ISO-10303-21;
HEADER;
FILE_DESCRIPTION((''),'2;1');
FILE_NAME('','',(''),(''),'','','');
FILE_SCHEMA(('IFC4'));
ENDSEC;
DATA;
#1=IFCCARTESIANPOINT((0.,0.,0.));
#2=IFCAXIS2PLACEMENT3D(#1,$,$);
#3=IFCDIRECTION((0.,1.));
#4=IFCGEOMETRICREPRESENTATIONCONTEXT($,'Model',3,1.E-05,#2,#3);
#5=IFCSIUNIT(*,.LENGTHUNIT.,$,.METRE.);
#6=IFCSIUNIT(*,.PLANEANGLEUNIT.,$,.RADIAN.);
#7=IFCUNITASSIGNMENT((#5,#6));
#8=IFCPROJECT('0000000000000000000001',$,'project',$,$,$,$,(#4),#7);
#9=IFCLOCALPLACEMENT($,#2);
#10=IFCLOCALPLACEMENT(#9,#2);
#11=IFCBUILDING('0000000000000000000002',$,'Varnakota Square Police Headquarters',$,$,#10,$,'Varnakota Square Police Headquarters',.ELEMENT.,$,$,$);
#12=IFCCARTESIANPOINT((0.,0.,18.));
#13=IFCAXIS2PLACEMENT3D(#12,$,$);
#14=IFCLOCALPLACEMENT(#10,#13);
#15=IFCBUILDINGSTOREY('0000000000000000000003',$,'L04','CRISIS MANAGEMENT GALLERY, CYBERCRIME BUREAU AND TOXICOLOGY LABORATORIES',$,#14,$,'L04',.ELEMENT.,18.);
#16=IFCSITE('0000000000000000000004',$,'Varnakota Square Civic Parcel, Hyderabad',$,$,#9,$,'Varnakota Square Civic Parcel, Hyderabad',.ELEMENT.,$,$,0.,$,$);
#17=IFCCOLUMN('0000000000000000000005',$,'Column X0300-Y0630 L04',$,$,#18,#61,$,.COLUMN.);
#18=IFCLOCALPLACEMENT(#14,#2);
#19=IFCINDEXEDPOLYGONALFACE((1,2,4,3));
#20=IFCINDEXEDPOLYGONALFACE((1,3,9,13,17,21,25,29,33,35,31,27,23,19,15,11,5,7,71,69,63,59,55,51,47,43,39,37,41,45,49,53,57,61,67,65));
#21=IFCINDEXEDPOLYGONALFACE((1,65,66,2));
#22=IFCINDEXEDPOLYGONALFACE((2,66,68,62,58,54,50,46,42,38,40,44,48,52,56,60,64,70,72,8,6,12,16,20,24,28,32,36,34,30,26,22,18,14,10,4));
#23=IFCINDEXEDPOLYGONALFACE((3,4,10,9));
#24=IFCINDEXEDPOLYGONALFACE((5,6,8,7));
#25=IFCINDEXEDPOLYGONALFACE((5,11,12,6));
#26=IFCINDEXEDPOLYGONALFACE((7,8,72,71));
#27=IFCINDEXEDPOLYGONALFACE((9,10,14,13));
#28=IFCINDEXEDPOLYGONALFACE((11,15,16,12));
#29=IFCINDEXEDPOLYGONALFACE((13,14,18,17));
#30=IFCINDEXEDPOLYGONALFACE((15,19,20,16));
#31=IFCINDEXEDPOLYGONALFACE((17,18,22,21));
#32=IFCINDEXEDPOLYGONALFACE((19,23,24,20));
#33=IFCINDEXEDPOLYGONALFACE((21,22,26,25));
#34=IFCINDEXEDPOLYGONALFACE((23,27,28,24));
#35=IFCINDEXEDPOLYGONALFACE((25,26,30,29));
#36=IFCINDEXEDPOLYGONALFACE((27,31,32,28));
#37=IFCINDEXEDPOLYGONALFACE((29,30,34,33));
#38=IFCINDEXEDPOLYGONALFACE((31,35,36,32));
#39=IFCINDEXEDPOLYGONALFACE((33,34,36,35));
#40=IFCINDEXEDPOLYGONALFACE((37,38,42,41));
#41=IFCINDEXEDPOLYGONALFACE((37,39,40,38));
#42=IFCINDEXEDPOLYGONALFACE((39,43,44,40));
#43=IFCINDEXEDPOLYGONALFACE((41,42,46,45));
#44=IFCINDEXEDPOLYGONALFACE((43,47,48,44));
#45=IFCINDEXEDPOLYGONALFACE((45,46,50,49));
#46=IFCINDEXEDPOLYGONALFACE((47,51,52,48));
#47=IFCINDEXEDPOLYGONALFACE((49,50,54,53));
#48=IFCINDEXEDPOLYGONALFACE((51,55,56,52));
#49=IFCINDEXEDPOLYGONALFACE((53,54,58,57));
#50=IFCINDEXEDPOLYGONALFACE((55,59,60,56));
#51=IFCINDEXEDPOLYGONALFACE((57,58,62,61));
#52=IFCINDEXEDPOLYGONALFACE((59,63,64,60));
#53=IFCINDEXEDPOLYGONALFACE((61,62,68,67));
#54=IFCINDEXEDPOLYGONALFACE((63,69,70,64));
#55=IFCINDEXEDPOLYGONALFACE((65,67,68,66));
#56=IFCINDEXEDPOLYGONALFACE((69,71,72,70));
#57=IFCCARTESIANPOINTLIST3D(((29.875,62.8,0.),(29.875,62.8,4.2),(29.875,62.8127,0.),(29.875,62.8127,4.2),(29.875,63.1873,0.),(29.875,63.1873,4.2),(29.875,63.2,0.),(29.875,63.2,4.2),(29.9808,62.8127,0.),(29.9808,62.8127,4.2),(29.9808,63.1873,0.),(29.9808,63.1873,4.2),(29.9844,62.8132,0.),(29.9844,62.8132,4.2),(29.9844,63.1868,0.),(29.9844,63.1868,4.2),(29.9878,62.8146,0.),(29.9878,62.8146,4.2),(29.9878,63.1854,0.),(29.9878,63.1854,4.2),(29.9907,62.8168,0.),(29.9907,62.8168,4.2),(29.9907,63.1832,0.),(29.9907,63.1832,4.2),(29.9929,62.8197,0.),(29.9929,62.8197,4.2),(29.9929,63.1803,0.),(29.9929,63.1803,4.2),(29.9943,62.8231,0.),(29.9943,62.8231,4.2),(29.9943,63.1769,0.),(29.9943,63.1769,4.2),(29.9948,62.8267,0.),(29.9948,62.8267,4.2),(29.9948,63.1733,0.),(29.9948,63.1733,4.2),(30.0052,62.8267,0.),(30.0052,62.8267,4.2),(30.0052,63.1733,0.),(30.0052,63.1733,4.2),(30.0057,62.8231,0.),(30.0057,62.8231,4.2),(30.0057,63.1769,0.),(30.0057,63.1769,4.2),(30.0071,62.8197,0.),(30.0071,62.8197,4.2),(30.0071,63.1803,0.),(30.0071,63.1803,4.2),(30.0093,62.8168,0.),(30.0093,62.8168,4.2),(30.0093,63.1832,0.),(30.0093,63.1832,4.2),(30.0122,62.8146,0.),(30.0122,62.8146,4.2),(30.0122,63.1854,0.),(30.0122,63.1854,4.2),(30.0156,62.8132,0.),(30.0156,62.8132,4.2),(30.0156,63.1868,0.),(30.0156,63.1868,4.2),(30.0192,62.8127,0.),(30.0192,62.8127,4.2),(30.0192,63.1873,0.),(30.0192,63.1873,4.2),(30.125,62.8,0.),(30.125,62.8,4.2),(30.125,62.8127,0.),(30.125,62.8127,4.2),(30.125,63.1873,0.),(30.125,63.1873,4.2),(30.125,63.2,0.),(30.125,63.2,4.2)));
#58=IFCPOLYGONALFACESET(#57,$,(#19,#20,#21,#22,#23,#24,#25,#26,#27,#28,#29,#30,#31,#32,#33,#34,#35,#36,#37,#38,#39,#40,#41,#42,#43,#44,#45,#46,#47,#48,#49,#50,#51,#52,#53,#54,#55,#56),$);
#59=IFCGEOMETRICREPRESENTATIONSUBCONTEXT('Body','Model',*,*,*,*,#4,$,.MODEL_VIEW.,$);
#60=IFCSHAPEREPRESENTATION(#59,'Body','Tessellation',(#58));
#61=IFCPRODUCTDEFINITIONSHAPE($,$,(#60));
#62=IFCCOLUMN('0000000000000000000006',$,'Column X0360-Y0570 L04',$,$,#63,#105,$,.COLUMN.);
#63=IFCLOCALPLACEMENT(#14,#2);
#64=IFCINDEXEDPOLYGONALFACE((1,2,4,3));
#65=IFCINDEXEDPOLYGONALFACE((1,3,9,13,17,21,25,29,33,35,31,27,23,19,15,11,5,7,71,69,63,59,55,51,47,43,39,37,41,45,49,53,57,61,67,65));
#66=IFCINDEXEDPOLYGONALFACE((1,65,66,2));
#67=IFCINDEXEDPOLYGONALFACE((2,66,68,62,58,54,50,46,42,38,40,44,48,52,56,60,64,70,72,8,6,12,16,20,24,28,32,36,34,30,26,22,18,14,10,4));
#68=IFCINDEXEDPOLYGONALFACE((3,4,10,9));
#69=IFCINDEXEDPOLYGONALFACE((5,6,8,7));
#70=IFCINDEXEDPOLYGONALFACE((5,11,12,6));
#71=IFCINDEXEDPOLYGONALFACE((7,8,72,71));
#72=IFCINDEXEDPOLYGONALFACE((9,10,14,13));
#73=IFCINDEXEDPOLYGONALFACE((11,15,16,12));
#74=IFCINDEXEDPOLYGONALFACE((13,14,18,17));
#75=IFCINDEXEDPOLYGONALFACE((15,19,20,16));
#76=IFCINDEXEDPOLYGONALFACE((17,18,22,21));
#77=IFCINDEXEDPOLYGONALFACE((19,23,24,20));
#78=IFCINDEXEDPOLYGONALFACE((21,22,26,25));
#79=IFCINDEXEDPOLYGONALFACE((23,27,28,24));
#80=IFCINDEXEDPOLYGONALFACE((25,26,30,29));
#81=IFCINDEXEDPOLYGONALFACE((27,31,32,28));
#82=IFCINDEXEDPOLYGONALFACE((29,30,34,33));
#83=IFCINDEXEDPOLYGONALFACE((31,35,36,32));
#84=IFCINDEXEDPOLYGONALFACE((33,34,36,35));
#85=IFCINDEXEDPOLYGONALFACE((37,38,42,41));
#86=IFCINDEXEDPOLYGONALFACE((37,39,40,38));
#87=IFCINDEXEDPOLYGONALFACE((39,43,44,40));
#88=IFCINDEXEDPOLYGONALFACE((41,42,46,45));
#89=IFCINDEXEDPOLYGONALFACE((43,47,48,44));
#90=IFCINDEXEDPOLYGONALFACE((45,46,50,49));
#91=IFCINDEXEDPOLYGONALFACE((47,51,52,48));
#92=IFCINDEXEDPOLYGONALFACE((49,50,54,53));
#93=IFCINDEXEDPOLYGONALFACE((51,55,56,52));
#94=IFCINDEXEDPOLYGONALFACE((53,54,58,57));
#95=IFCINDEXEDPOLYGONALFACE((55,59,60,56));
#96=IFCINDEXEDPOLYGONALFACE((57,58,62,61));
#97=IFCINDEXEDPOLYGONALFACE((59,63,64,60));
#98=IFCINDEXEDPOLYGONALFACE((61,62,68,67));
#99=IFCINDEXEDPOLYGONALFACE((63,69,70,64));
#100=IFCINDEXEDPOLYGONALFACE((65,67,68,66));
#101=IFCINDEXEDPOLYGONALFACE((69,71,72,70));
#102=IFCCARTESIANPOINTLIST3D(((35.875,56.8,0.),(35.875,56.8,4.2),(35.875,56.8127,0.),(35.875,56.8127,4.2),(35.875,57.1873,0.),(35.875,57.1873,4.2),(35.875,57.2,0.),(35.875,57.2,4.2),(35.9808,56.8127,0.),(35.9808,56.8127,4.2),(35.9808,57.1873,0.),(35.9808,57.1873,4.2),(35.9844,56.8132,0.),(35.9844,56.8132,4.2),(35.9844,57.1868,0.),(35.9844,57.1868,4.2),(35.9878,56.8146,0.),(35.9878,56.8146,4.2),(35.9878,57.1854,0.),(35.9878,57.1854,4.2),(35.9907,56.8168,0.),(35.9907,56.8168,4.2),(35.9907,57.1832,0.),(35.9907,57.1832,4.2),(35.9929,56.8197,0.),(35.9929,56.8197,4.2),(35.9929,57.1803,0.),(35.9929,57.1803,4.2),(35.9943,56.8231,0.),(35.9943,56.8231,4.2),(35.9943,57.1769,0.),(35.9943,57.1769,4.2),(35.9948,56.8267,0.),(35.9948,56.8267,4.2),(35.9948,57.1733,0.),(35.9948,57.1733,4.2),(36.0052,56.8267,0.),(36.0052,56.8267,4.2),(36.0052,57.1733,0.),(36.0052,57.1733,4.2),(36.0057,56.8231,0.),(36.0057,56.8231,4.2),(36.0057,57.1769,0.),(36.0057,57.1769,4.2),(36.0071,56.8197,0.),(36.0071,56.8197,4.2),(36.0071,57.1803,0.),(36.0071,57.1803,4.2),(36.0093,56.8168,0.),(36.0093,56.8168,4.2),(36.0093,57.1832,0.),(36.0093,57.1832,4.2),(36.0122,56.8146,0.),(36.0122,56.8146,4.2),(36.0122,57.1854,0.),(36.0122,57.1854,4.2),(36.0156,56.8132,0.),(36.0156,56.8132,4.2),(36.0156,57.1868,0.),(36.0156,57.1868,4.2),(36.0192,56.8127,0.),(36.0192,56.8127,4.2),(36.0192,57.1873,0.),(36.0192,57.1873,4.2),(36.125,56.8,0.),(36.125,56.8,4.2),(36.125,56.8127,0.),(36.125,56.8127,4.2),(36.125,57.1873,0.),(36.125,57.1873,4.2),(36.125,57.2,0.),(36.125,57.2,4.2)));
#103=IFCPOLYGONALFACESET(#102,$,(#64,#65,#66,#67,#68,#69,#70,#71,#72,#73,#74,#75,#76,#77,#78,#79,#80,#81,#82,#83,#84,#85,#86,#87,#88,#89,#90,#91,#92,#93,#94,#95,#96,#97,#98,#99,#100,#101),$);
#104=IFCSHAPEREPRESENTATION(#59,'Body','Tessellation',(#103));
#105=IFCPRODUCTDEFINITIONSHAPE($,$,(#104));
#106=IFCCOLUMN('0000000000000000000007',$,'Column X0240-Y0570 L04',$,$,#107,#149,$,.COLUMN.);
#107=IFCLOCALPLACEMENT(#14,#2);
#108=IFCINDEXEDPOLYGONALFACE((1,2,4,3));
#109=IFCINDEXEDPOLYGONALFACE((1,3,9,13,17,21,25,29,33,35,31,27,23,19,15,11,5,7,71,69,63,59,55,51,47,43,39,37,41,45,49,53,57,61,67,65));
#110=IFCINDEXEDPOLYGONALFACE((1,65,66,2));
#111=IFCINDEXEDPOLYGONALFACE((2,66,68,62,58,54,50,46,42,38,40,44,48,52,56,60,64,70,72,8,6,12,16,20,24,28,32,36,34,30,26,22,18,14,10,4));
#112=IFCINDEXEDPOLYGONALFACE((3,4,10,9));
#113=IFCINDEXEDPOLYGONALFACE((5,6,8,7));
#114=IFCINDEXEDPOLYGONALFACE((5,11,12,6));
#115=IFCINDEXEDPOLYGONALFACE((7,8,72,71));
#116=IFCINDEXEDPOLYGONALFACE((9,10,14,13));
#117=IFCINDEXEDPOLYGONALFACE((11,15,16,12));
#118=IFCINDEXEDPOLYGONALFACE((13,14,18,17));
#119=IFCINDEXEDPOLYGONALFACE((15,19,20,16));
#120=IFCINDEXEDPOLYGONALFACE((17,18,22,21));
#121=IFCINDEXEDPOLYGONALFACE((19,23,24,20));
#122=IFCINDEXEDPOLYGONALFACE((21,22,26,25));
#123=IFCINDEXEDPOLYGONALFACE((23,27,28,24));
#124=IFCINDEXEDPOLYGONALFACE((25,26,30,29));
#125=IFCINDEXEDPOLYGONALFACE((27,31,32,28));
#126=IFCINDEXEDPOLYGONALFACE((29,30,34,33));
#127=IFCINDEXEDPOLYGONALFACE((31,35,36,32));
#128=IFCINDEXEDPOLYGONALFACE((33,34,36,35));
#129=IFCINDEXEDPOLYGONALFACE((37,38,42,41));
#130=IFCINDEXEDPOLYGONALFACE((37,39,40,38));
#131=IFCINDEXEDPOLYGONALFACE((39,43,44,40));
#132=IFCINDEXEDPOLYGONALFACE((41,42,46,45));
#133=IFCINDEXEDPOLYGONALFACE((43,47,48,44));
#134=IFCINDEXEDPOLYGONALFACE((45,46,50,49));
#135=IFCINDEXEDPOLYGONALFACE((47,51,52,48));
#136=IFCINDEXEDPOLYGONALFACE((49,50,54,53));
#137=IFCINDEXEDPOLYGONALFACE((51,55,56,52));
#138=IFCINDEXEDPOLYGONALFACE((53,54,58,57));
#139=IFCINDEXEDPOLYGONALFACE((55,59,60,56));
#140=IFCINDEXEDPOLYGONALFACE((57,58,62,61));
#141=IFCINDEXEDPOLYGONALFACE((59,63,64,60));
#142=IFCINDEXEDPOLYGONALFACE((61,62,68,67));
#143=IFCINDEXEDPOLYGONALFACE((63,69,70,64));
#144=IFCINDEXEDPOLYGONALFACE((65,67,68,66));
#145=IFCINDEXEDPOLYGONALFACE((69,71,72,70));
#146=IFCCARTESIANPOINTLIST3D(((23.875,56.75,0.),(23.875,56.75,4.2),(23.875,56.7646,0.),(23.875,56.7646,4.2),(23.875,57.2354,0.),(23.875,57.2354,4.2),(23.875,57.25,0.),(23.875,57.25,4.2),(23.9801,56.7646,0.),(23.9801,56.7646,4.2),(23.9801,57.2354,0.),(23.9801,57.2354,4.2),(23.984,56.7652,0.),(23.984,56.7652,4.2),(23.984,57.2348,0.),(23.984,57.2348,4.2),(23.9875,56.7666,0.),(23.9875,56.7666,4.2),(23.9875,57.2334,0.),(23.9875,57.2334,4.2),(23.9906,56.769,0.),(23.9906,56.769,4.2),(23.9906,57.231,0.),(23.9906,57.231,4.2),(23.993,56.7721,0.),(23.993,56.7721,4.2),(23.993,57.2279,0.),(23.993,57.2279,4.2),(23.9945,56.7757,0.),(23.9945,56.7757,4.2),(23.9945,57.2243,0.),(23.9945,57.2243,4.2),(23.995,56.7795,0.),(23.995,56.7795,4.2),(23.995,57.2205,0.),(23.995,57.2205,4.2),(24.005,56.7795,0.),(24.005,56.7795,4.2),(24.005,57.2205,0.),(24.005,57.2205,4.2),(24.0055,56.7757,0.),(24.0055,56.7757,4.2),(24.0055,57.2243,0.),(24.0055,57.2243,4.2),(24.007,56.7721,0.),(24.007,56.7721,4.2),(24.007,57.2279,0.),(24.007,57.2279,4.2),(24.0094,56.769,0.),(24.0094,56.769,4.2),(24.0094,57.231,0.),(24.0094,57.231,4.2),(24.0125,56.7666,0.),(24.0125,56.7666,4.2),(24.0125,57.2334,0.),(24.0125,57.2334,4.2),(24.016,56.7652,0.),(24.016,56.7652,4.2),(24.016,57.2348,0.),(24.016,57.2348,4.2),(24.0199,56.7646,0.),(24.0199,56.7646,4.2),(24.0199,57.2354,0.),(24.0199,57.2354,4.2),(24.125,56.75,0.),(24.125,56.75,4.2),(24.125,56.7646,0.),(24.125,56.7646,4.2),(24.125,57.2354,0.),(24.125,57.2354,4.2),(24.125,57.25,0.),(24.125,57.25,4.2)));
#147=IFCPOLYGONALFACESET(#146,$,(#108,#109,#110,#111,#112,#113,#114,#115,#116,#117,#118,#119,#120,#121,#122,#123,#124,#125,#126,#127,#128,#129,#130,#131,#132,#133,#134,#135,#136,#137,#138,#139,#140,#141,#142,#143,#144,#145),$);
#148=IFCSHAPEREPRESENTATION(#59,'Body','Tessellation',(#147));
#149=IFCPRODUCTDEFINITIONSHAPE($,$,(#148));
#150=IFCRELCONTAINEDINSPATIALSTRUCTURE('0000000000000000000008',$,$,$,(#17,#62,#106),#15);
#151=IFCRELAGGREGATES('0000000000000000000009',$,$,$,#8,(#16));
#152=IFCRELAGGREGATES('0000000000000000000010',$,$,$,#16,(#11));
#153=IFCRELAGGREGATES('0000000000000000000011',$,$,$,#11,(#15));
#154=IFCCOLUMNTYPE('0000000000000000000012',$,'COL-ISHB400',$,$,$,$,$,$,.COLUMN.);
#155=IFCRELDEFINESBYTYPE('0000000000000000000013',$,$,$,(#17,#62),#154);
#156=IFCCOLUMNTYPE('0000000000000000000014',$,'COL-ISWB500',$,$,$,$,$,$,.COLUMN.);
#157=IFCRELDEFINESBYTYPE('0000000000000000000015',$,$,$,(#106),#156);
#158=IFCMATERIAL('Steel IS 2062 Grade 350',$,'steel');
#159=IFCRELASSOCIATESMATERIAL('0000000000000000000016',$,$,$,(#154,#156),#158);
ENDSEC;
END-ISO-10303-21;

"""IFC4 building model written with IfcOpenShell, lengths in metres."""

from ifc_helpers import new_model, si_unit, direction, frame, origin, origin_2d, place, context, subcontext, project, spatial, i_section, extrude, material, material_profile, profile_set, type_object, element, save


model = new_model("IFC4")

# Units and contexts
model_context = context("Model", 3, precision=1e-05, world=origin(), true_north=direction((0.0, 1.0)))
body_context = subcontext(model_context, "Body", "Model", "MODEL_VIEW")
ifc_project = project(units=[si_unit("LENGTHUNIT", "METRE"), si_unit("PLANEANGLEUNIT", "RADIAN")], contexts=[model_context])

# Site, building, storey
site_placement = place(None, origin())
site = spatial("IfcSite", under=ifc_project, at=site_placement, Name="Varnakota Square Civic Parcel, Hyderabad", LongName="Varnakota Square Civic Parcel, Hyderabad", CompositionType="ELEMENT", RefElevation=0.0)
building_placement = place(site_placement, origin())
building = spatial("IfcBuilding", under=site, at=building_placement, Name="Varnakota Square Police Headquarters", LongName="Varnakota Square Police Headquarters", CompositionType="ELEMENT")
storey_placement = place(building_placement, frame((0.0, 0.0, 18.0)))
storey = spatial("IfcBuildingStorey", under=building, at=storey_placement, Name="L04", Description="CRISIS MANAGEMENT GALLERY, CYBERCRIME BUREAU AND TOXICOLOGY LABORATORIES", LongName="L04", CompositionType="ELEMENT", Elevation=18.0)

# Columns
ifc_material_1 = material(Name="Steel IS 2062 Grade 350", Category="steel")
ifc_material_profile_1 = material_profile(ifc_material_1, i_section(OverallWidth=0.25, OverallDepth=0.3999, WebThickness=0.0105, FlangeThickness=0.0127, FilletRadius=0.0139, at=origin_2d()), Name="ISHB 400")
ifc_profile_set_1 = profile_set([ifc_material_profile_1], Name="Steel IS 2062 Grade 350")
column_type_1 = type_object("IfcColumnType", Name="COL-ISHB400", PredefinedType="COLUMN", material=ifc_profile_set_1)
for number, where, z_axis, x_axis, name in (
    (1, (30.0, 63.0, 0.0), (0.0, 0.0, 1.0), (1.0, 0.0, 0.0), "Column X0300-Y0630 L04"),
    (2, (36.0, 57.0, 0.0), (0.0, 0.0, 1.0), (1.0, 0.0, 0.0), "Column X0360-Y0570 L04"),
):
    element("IfcColumn", number, at=place(storey_placement, frame(where, z_axis=z_axis, x_axis=x_axis)), inside=storey, type_object=column_type_1, Name=name, PredefinedType="COLUMN", context=body_context, shape_type="SweptSolid", body=[
        extrude(i_section(OverallWidth=0.25, OverallDepth=0.3999, WebThickness=0.0105, FlangeThickness=0.0127, FilletRadius=0.0139, at=origin_2d()), origin(), (0.0, 0.0, 1.0), 4.2),
    ])
ifc_material_profile_2 = material_profile(ifc_material_1, i_section(OverallWidth=0.25, OverallDepth=0.5, WebThickness=0.01, FlangeThickness=0.0146, FilletRadius=0.0149, at=origin_2d()), Name="ISWB 500")
ifc_profile_set_2 = profile_set([ifc_material_profile_2], Name="Steel IS 2062 Grade 350")
column_type_2 = type_object("IfcColumnType", Name="COL-ISWB500", PredefinedType="COLUMN", material=ifc_profile_set_2)
column_placement = place(storey_placement, frame((24.0, 57.0, 0.0), z_axis=(0.0, 0.0, 1.0), x_axis=(1.0, 0.0, 0.0)))
element("IfcColumn", 3, at=column_placement, inside=storey, type_object=column_type_2, Name="Column X0240-Y0570 L04", PredefinedType="COLUMN", context=body_context, shape_type="SweptSolid", body=[
    extrude(i_section(OverallWidth=0.25, OverallDepth=0.5, WebThickness=0.01, FlangeThickness=0.0146, FilletRadius=0.0149, at=origin_2d()), origin(), (0.0, 0.0, 1.0), 4.2),
])

save(model, "model.ifc")
